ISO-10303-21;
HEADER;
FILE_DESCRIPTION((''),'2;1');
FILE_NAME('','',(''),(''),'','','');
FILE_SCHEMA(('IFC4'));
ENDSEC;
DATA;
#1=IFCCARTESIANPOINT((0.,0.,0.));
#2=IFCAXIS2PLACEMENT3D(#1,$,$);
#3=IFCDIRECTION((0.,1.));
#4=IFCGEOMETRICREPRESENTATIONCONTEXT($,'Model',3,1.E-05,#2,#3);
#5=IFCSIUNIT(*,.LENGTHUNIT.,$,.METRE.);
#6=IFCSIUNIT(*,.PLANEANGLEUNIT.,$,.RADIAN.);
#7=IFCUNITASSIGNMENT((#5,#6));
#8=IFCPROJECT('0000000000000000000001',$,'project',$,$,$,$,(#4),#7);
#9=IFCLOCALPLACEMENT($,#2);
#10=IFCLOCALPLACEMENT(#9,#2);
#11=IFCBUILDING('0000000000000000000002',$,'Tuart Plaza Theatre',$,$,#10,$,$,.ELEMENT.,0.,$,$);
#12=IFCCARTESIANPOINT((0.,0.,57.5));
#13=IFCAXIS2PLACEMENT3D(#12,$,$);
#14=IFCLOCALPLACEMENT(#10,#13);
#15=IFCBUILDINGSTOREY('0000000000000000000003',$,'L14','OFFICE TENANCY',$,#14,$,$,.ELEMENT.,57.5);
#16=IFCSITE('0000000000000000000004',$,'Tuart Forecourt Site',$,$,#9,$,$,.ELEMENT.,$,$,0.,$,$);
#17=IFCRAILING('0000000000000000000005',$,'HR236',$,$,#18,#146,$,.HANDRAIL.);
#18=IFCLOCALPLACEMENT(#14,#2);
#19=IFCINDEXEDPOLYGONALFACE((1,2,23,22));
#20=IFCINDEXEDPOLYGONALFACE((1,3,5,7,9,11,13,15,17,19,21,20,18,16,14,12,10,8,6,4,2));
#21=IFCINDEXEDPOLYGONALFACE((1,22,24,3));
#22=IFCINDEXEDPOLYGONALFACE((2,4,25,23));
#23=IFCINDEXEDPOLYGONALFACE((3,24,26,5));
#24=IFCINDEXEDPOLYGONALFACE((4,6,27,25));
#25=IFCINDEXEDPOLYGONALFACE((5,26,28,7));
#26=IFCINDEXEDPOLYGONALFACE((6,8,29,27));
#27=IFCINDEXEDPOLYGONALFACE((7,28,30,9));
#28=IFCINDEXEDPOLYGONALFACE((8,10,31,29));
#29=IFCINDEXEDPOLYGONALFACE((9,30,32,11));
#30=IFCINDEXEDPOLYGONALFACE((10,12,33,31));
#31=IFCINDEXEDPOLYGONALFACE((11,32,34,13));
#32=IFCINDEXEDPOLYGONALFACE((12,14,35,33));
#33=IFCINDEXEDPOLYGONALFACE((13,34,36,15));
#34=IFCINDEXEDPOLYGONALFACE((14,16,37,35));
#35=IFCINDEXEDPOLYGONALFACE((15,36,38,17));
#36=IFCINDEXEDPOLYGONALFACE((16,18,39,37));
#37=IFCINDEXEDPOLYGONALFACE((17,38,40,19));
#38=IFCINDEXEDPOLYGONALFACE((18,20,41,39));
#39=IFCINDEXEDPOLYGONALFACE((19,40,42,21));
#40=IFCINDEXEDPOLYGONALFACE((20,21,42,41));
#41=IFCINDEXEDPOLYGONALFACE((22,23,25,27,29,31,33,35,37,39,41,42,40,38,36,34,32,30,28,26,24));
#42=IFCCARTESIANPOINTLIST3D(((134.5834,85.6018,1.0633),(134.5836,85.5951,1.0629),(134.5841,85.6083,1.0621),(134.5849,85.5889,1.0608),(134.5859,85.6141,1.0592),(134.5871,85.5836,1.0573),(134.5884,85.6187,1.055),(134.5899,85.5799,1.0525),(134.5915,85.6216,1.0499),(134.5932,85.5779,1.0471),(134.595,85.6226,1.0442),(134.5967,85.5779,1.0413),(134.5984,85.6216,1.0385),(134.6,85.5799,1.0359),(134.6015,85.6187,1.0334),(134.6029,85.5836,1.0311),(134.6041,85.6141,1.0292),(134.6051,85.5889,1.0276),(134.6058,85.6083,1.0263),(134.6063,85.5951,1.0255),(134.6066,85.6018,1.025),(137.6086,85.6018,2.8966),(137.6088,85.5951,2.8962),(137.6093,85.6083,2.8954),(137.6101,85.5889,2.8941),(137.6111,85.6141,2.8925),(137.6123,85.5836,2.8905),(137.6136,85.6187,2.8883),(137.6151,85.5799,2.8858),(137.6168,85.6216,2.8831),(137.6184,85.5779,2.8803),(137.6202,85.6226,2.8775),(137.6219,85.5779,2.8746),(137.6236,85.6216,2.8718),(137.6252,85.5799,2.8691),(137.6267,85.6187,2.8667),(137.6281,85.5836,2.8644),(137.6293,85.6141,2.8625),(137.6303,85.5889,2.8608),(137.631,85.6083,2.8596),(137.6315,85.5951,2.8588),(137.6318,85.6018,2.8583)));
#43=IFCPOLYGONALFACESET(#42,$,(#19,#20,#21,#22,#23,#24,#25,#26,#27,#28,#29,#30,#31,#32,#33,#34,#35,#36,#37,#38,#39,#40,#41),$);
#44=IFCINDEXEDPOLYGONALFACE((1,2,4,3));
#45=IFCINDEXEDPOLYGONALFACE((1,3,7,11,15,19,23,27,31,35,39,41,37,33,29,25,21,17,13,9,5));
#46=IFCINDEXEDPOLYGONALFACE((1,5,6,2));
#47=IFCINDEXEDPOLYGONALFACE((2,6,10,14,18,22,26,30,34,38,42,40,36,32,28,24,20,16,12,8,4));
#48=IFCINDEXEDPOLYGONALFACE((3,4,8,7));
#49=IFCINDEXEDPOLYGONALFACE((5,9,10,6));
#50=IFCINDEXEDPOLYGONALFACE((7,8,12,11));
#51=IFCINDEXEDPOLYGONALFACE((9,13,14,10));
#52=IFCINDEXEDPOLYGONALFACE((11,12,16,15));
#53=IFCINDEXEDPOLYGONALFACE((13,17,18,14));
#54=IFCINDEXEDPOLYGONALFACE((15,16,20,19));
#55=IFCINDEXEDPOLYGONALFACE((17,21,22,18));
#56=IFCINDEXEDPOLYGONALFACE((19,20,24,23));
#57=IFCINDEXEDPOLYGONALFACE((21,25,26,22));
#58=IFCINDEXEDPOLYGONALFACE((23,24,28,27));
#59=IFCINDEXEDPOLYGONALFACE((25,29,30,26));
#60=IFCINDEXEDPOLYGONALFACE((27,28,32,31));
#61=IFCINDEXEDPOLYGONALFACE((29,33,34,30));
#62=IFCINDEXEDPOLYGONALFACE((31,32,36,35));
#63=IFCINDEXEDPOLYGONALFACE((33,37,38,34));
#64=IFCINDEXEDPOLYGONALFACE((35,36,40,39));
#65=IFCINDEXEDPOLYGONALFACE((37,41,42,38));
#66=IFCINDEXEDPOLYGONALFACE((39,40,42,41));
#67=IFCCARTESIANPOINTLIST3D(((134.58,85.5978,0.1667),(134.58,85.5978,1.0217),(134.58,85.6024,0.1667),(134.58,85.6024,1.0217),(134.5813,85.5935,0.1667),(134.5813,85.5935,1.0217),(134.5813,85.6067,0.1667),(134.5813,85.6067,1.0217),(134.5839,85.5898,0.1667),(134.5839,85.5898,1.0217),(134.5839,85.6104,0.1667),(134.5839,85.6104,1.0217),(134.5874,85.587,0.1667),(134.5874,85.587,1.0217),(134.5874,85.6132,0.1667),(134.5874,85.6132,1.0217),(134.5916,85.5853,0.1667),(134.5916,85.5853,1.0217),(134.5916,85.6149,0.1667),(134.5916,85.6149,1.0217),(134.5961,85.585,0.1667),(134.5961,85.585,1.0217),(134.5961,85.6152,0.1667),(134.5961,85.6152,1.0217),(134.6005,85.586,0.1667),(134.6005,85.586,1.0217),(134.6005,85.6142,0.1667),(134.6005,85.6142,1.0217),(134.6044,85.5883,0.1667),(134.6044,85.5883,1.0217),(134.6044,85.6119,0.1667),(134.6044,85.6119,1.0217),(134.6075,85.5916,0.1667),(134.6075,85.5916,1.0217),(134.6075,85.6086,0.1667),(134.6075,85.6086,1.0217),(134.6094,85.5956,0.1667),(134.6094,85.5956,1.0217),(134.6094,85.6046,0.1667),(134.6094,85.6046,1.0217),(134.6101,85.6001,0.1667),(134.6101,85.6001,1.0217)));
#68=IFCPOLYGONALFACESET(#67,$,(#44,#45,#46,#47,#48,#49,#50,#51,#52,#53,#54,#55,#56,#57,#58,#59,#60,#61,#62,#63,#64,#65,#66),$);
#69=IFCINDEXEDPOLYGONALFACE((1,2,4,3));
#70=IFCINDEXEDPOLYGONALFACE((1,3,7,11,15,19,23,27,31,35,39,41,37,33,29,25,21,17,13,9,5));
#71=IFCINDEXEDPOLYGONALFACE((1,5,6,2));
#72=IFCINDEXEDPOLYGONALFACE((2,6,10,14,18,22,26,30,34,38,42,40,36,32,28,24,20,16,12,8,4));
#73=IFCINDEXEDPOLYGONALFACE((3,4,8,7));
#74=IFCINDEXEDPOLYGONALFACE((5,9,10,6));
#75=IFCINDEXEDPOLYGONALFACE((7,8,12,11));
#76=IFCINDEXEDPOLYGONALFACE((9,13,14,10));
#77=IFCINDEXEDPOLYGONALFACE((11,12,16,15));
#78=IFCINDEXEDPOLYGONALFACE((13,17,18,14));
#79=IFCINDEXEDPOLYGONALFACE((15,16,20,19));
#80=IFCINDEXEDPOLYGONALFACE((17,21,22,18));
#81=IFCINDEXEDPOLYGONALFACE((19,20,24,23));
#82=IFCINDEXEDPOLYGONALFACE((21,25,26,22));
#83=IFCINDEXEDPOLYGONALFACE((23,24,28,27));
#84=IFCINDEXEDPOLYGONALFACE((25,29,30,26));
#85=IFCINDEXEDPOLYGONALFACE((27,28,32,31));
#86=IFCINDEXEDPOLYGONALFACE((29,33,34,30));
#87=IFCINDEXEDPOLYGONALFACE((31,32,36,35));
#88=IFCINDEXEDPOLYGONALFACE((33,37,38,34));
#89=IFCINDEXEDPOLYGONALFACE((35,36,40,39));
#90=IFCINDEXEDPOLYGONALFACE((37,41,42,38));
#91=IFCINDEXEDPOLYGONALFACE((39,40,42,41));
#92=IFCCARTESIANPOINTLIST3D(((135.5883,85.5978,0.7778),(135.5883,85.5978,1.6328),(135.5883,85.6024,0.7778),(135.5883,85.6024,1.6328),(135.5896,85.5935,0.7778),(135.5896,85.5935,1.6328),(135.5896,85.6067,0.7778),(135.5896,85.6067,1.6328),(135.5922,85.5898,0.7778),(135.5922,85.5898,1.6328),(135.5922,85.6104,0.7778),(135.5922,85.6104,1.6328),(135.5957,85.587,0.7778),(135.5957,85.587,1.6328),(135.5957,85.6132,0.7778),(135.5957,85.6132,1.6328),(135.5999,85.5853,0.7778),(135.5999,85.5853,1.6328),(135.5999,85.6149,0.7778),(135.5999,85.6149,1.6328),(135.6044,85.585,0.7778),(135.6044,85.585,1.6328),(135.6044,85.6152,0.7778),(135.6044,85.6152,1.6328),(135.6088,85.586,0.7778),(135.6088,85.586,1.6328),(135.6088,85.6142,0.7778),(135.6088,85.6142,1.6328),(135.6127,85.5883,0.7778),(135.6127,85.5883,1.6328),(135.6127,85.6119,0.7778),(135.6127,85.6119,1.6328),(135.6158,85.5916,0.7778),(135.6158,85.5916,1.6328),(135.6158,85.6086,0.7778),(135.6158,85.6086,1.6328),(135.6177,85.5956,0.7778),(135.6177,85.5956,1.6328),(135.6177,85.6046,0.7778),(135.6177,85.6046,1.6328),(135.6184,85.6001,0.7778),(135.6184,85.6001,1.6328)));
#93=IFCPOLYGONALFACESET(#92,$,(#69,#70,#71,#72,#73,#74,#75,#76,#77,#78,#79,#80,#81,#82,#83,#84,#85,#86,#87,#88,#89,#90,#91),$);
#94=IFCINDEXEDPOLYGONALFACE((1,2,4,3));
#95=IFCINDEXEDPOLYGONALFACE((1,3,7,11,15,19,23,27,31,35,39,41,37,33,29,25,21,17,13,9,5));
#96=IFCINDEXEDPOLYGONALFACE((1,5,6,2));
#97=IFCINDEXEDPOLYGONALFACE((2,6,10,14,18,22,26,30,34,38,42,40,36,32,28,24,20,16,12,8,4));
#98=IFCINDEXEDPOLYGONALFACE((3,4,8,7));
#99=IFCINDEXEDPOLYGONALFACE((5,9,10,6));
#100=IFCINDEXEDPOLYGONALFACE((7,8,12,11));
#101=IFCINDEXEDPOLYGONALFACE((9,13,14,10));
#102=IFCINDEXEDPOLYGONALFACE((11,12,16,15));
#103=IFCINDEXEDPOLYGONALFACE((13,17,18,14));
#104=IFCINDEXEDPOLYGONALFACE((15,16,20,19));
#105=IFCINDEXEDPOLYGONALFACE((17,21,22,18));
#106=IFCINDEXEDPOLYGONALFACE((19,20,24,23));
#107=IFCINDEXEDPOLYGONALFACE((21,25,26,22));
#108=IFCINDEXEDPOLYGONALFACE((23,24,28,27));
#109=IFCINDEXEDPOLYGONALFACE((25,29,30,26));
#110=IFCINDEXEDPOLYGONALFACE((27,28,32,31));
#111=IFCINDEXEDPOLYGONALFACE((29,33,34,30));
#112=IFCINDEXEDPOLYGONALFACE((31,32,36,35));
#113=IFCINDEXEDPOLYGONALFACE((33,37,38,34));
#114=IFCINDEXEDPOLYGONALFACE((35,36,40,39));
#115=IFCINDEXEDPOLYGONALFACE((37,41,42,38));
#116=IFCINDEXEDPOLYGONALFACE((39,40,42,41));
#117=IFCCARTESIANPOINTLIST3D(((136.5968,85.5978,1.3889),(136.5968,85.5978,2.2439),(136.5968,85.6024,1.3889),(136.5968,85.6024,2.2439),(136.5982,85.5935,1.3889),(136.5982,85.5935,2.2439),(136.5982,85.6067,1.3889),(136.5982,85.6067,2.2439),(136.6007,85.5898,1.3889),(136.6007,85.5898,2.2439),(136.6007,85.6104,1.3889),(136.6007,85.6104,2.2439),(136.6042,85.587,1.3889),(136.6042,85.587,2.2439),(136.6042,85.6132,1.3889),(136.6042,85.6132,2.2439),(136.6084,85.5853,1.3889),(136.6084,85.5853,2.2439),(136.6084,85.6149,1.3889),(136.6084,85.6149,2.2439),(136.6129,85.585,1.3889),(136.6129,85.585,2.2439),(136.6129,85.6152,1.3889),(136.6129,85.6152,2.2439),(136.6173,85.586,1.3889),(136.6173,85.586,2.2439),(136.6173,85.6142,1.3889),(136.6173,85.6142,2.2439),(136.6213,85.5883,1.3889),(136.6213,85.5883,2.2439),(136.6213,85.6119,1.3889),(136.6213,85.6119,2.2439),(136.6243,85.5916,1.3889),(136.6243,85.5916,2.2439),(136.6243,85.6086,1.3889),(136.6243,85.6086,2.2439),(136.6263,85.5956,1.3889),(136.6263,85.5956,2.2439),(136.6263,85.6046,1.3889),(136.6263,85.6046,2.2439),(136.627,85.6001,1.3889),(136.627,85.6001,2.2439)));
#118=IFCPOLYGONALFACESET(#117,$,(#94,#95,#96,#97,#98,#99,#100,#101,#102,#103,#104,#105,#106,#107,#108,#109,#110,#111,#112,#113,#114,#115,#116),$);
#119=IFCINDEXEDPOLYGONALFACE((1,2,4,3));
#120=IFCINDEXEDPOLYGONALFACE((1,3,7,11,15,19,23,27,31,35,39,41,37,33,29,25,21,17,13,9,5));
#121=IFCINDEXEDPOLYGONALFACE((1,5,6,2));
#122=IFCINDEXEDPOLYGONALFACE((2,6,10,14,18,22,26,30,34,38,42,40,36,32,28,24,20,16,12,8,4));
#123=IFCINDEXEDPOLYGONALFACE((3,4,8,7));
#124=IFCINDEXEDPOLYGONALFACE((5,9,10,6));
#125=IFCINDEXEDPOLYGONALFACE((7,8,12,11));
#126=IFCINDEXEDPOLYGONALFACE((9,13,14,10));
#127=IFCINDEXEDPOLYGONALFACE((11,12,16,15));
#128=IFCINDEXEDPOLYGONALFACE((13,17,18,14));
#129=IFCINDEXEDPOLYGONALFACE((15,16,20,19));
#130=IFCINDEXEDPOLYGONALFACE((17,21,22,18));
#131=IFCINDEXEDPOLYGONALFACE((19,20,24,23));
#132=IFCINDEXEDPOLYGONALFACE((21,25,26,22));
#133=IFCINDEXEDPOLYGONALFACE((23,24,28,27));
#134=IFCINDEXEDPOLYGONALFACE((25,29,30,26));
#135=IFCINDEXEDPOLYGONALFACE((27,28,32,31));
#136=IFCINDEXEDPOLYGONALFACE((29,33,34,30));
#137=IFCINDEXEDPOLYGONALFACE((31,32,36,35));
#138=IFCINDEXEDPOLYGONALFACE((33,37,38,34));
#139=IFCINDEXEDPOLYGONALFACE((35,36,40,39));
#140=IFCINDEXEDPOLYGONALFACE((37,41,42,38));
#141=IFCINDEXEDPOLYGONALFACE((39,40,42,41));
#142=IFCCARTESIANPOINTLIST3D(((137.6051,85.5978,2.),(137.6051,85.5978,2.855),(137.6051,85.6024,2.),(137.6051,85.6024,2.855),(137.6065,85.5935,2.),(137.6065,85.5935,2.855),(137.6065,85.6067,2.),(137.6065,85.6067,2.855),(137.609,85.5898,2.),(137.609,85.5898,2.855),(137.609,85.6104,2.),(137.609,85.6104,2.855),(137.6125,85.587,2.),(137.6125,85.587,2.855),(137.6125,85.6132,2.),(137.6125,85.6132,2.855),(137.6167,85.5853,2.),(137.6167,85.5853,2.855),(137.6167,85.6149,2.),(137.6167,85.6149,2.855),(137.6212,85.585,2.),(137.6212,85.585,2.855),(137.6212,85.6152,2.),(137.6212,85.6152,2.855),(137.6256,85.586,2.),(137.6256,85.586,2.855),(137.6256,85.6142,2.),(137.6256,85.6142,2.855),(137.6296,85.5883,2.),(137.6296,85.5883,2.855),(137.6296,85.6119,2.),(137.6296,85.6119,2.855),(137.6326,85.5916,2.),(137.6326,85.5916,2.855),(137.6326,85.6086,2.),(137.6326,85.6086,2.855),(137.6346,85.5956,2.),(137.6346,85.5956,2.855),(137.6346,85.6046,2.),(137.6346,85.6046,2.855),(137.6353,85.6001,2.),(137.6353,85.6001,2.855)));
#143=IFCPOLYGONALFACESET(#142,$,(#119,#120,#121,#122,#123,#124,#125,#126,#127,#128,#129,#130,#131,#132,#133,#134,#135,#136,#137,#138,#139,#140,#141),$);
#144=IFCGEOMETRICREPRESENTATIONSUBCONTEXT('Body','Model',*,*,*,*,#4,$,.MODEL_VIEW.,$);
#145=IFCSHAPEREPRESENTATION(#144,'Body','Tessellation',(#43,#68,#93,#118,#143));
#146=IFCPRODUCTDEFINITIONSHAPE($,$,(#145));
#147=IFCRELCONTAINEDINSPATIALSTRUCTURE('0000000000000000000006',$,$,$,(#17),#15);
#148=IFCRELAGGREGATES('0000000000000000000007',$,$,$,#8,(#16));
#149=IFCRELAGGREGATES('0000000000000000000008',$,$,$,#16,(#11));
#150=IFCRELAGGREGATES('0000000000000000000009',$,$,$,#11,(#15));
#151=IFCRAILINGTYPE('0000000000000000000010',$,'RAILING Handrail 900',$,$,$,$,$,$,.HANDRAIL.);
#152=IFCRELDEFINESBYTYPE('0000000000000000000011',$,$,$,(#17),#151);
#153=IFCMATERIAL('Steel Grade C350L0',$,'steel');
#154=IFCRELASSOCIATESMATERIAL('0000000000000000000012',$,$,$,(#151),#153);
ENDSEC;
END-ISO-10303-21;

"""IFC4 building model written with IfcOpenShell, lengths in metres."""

from ifc_helpers import new_model, si_unit, direction, frame, origin, origin_2d, place, context, subcontext, project, spatial, circle, extrude, material, type_object, element, save


model = new_model("IFC4")

# Units and contexts
model_context = context("Model", 3, precision=1e-05, world=origin(), true_north=direction((0.0, 1.0)))
body_context = subcontext(model_context, "Body", "Model", "MODEL_VIEW")
ifc_project = project(units=[si_unit("LENGTHUNIT", "METRE"), si_unit("PLANEANGLEUNIT", "RADIAN")], contexts=[model_context])

# Site, building, storey
site_placement = place(None, origin())
site = spatial("IfcSite", under=ifc_project, at=site_placement, Name="Tuart Forecourt Site", CompositionType="ELEMENT", RefElevation=0.0)
building_placement = place(site_placement, origin())
building = spatial("IfcBuilding", under=site, at=building_placement, Name="Tuart Plaza Theatre", CompositionType="ELEMENT", ElevationOfRefHeight=0.0)
storey_placement = place(building_placement, frame((0.0, 0.0, 57.5)))
storey = spatial("IfcBuildingStorey", under=building, at=storey_placement, Name="L14", Description="OFFICE TENANCY", CompositionType="ELEMENT", Elevation=57.5)

# Railing
ifc_material_1 = material(Name="Steel Grade C350L0", Category="steel")
railing_type_1 = type_object("IfcRailingType", Name="RAILING Handrail 900", PredefinedType="HANDRAIL", material=ifc_material_1)
for number, where, name in (
    (1, (134.595, 85.6001, 0.1667), "HR236"),
):
    element("IfcRailing", number, at=place(storey_placement, frame(where)), inside=storey, type_object=railing_type_1, Name=name, PredefinedType="HANDRAIL", context=body_context, shape_type="SweptSolid", body=[
        extrude(circle(Radius=0.0225, at=origin_2d()), frame((0.0, 0.0, 0.8774), z_axis=(0.855219, 0.0, 0.518267), x_axis=(0.0, 1.0, 0.0)), (0.0, 0.0, 1.0), 3.5374),
        extrude(circle(Radius=0.0151, at=origin_2d()), origin(), (0.0, 0.0, 1.0), 0.855),
        extrude(circle(Radius=0.0151, at=origin_2d()), frame((1.0083, 0.0, 0.6111)), (0.0, 0.0, 1.0), 0.855),
        extrude(circle(Radius=0.0151, at=origin_2d()), frame((2.0168, 0.0, 1.2222)), (0.0, 0.0, 1.0), 0.855),
        extrude(circle(Radius=0.0151, at=origin_2d()), frame((3.0251, 0.0, 1.8333)), (0.0, 0.0, 1.0), 0.855),
    ])

save(model, "model.ifc")
